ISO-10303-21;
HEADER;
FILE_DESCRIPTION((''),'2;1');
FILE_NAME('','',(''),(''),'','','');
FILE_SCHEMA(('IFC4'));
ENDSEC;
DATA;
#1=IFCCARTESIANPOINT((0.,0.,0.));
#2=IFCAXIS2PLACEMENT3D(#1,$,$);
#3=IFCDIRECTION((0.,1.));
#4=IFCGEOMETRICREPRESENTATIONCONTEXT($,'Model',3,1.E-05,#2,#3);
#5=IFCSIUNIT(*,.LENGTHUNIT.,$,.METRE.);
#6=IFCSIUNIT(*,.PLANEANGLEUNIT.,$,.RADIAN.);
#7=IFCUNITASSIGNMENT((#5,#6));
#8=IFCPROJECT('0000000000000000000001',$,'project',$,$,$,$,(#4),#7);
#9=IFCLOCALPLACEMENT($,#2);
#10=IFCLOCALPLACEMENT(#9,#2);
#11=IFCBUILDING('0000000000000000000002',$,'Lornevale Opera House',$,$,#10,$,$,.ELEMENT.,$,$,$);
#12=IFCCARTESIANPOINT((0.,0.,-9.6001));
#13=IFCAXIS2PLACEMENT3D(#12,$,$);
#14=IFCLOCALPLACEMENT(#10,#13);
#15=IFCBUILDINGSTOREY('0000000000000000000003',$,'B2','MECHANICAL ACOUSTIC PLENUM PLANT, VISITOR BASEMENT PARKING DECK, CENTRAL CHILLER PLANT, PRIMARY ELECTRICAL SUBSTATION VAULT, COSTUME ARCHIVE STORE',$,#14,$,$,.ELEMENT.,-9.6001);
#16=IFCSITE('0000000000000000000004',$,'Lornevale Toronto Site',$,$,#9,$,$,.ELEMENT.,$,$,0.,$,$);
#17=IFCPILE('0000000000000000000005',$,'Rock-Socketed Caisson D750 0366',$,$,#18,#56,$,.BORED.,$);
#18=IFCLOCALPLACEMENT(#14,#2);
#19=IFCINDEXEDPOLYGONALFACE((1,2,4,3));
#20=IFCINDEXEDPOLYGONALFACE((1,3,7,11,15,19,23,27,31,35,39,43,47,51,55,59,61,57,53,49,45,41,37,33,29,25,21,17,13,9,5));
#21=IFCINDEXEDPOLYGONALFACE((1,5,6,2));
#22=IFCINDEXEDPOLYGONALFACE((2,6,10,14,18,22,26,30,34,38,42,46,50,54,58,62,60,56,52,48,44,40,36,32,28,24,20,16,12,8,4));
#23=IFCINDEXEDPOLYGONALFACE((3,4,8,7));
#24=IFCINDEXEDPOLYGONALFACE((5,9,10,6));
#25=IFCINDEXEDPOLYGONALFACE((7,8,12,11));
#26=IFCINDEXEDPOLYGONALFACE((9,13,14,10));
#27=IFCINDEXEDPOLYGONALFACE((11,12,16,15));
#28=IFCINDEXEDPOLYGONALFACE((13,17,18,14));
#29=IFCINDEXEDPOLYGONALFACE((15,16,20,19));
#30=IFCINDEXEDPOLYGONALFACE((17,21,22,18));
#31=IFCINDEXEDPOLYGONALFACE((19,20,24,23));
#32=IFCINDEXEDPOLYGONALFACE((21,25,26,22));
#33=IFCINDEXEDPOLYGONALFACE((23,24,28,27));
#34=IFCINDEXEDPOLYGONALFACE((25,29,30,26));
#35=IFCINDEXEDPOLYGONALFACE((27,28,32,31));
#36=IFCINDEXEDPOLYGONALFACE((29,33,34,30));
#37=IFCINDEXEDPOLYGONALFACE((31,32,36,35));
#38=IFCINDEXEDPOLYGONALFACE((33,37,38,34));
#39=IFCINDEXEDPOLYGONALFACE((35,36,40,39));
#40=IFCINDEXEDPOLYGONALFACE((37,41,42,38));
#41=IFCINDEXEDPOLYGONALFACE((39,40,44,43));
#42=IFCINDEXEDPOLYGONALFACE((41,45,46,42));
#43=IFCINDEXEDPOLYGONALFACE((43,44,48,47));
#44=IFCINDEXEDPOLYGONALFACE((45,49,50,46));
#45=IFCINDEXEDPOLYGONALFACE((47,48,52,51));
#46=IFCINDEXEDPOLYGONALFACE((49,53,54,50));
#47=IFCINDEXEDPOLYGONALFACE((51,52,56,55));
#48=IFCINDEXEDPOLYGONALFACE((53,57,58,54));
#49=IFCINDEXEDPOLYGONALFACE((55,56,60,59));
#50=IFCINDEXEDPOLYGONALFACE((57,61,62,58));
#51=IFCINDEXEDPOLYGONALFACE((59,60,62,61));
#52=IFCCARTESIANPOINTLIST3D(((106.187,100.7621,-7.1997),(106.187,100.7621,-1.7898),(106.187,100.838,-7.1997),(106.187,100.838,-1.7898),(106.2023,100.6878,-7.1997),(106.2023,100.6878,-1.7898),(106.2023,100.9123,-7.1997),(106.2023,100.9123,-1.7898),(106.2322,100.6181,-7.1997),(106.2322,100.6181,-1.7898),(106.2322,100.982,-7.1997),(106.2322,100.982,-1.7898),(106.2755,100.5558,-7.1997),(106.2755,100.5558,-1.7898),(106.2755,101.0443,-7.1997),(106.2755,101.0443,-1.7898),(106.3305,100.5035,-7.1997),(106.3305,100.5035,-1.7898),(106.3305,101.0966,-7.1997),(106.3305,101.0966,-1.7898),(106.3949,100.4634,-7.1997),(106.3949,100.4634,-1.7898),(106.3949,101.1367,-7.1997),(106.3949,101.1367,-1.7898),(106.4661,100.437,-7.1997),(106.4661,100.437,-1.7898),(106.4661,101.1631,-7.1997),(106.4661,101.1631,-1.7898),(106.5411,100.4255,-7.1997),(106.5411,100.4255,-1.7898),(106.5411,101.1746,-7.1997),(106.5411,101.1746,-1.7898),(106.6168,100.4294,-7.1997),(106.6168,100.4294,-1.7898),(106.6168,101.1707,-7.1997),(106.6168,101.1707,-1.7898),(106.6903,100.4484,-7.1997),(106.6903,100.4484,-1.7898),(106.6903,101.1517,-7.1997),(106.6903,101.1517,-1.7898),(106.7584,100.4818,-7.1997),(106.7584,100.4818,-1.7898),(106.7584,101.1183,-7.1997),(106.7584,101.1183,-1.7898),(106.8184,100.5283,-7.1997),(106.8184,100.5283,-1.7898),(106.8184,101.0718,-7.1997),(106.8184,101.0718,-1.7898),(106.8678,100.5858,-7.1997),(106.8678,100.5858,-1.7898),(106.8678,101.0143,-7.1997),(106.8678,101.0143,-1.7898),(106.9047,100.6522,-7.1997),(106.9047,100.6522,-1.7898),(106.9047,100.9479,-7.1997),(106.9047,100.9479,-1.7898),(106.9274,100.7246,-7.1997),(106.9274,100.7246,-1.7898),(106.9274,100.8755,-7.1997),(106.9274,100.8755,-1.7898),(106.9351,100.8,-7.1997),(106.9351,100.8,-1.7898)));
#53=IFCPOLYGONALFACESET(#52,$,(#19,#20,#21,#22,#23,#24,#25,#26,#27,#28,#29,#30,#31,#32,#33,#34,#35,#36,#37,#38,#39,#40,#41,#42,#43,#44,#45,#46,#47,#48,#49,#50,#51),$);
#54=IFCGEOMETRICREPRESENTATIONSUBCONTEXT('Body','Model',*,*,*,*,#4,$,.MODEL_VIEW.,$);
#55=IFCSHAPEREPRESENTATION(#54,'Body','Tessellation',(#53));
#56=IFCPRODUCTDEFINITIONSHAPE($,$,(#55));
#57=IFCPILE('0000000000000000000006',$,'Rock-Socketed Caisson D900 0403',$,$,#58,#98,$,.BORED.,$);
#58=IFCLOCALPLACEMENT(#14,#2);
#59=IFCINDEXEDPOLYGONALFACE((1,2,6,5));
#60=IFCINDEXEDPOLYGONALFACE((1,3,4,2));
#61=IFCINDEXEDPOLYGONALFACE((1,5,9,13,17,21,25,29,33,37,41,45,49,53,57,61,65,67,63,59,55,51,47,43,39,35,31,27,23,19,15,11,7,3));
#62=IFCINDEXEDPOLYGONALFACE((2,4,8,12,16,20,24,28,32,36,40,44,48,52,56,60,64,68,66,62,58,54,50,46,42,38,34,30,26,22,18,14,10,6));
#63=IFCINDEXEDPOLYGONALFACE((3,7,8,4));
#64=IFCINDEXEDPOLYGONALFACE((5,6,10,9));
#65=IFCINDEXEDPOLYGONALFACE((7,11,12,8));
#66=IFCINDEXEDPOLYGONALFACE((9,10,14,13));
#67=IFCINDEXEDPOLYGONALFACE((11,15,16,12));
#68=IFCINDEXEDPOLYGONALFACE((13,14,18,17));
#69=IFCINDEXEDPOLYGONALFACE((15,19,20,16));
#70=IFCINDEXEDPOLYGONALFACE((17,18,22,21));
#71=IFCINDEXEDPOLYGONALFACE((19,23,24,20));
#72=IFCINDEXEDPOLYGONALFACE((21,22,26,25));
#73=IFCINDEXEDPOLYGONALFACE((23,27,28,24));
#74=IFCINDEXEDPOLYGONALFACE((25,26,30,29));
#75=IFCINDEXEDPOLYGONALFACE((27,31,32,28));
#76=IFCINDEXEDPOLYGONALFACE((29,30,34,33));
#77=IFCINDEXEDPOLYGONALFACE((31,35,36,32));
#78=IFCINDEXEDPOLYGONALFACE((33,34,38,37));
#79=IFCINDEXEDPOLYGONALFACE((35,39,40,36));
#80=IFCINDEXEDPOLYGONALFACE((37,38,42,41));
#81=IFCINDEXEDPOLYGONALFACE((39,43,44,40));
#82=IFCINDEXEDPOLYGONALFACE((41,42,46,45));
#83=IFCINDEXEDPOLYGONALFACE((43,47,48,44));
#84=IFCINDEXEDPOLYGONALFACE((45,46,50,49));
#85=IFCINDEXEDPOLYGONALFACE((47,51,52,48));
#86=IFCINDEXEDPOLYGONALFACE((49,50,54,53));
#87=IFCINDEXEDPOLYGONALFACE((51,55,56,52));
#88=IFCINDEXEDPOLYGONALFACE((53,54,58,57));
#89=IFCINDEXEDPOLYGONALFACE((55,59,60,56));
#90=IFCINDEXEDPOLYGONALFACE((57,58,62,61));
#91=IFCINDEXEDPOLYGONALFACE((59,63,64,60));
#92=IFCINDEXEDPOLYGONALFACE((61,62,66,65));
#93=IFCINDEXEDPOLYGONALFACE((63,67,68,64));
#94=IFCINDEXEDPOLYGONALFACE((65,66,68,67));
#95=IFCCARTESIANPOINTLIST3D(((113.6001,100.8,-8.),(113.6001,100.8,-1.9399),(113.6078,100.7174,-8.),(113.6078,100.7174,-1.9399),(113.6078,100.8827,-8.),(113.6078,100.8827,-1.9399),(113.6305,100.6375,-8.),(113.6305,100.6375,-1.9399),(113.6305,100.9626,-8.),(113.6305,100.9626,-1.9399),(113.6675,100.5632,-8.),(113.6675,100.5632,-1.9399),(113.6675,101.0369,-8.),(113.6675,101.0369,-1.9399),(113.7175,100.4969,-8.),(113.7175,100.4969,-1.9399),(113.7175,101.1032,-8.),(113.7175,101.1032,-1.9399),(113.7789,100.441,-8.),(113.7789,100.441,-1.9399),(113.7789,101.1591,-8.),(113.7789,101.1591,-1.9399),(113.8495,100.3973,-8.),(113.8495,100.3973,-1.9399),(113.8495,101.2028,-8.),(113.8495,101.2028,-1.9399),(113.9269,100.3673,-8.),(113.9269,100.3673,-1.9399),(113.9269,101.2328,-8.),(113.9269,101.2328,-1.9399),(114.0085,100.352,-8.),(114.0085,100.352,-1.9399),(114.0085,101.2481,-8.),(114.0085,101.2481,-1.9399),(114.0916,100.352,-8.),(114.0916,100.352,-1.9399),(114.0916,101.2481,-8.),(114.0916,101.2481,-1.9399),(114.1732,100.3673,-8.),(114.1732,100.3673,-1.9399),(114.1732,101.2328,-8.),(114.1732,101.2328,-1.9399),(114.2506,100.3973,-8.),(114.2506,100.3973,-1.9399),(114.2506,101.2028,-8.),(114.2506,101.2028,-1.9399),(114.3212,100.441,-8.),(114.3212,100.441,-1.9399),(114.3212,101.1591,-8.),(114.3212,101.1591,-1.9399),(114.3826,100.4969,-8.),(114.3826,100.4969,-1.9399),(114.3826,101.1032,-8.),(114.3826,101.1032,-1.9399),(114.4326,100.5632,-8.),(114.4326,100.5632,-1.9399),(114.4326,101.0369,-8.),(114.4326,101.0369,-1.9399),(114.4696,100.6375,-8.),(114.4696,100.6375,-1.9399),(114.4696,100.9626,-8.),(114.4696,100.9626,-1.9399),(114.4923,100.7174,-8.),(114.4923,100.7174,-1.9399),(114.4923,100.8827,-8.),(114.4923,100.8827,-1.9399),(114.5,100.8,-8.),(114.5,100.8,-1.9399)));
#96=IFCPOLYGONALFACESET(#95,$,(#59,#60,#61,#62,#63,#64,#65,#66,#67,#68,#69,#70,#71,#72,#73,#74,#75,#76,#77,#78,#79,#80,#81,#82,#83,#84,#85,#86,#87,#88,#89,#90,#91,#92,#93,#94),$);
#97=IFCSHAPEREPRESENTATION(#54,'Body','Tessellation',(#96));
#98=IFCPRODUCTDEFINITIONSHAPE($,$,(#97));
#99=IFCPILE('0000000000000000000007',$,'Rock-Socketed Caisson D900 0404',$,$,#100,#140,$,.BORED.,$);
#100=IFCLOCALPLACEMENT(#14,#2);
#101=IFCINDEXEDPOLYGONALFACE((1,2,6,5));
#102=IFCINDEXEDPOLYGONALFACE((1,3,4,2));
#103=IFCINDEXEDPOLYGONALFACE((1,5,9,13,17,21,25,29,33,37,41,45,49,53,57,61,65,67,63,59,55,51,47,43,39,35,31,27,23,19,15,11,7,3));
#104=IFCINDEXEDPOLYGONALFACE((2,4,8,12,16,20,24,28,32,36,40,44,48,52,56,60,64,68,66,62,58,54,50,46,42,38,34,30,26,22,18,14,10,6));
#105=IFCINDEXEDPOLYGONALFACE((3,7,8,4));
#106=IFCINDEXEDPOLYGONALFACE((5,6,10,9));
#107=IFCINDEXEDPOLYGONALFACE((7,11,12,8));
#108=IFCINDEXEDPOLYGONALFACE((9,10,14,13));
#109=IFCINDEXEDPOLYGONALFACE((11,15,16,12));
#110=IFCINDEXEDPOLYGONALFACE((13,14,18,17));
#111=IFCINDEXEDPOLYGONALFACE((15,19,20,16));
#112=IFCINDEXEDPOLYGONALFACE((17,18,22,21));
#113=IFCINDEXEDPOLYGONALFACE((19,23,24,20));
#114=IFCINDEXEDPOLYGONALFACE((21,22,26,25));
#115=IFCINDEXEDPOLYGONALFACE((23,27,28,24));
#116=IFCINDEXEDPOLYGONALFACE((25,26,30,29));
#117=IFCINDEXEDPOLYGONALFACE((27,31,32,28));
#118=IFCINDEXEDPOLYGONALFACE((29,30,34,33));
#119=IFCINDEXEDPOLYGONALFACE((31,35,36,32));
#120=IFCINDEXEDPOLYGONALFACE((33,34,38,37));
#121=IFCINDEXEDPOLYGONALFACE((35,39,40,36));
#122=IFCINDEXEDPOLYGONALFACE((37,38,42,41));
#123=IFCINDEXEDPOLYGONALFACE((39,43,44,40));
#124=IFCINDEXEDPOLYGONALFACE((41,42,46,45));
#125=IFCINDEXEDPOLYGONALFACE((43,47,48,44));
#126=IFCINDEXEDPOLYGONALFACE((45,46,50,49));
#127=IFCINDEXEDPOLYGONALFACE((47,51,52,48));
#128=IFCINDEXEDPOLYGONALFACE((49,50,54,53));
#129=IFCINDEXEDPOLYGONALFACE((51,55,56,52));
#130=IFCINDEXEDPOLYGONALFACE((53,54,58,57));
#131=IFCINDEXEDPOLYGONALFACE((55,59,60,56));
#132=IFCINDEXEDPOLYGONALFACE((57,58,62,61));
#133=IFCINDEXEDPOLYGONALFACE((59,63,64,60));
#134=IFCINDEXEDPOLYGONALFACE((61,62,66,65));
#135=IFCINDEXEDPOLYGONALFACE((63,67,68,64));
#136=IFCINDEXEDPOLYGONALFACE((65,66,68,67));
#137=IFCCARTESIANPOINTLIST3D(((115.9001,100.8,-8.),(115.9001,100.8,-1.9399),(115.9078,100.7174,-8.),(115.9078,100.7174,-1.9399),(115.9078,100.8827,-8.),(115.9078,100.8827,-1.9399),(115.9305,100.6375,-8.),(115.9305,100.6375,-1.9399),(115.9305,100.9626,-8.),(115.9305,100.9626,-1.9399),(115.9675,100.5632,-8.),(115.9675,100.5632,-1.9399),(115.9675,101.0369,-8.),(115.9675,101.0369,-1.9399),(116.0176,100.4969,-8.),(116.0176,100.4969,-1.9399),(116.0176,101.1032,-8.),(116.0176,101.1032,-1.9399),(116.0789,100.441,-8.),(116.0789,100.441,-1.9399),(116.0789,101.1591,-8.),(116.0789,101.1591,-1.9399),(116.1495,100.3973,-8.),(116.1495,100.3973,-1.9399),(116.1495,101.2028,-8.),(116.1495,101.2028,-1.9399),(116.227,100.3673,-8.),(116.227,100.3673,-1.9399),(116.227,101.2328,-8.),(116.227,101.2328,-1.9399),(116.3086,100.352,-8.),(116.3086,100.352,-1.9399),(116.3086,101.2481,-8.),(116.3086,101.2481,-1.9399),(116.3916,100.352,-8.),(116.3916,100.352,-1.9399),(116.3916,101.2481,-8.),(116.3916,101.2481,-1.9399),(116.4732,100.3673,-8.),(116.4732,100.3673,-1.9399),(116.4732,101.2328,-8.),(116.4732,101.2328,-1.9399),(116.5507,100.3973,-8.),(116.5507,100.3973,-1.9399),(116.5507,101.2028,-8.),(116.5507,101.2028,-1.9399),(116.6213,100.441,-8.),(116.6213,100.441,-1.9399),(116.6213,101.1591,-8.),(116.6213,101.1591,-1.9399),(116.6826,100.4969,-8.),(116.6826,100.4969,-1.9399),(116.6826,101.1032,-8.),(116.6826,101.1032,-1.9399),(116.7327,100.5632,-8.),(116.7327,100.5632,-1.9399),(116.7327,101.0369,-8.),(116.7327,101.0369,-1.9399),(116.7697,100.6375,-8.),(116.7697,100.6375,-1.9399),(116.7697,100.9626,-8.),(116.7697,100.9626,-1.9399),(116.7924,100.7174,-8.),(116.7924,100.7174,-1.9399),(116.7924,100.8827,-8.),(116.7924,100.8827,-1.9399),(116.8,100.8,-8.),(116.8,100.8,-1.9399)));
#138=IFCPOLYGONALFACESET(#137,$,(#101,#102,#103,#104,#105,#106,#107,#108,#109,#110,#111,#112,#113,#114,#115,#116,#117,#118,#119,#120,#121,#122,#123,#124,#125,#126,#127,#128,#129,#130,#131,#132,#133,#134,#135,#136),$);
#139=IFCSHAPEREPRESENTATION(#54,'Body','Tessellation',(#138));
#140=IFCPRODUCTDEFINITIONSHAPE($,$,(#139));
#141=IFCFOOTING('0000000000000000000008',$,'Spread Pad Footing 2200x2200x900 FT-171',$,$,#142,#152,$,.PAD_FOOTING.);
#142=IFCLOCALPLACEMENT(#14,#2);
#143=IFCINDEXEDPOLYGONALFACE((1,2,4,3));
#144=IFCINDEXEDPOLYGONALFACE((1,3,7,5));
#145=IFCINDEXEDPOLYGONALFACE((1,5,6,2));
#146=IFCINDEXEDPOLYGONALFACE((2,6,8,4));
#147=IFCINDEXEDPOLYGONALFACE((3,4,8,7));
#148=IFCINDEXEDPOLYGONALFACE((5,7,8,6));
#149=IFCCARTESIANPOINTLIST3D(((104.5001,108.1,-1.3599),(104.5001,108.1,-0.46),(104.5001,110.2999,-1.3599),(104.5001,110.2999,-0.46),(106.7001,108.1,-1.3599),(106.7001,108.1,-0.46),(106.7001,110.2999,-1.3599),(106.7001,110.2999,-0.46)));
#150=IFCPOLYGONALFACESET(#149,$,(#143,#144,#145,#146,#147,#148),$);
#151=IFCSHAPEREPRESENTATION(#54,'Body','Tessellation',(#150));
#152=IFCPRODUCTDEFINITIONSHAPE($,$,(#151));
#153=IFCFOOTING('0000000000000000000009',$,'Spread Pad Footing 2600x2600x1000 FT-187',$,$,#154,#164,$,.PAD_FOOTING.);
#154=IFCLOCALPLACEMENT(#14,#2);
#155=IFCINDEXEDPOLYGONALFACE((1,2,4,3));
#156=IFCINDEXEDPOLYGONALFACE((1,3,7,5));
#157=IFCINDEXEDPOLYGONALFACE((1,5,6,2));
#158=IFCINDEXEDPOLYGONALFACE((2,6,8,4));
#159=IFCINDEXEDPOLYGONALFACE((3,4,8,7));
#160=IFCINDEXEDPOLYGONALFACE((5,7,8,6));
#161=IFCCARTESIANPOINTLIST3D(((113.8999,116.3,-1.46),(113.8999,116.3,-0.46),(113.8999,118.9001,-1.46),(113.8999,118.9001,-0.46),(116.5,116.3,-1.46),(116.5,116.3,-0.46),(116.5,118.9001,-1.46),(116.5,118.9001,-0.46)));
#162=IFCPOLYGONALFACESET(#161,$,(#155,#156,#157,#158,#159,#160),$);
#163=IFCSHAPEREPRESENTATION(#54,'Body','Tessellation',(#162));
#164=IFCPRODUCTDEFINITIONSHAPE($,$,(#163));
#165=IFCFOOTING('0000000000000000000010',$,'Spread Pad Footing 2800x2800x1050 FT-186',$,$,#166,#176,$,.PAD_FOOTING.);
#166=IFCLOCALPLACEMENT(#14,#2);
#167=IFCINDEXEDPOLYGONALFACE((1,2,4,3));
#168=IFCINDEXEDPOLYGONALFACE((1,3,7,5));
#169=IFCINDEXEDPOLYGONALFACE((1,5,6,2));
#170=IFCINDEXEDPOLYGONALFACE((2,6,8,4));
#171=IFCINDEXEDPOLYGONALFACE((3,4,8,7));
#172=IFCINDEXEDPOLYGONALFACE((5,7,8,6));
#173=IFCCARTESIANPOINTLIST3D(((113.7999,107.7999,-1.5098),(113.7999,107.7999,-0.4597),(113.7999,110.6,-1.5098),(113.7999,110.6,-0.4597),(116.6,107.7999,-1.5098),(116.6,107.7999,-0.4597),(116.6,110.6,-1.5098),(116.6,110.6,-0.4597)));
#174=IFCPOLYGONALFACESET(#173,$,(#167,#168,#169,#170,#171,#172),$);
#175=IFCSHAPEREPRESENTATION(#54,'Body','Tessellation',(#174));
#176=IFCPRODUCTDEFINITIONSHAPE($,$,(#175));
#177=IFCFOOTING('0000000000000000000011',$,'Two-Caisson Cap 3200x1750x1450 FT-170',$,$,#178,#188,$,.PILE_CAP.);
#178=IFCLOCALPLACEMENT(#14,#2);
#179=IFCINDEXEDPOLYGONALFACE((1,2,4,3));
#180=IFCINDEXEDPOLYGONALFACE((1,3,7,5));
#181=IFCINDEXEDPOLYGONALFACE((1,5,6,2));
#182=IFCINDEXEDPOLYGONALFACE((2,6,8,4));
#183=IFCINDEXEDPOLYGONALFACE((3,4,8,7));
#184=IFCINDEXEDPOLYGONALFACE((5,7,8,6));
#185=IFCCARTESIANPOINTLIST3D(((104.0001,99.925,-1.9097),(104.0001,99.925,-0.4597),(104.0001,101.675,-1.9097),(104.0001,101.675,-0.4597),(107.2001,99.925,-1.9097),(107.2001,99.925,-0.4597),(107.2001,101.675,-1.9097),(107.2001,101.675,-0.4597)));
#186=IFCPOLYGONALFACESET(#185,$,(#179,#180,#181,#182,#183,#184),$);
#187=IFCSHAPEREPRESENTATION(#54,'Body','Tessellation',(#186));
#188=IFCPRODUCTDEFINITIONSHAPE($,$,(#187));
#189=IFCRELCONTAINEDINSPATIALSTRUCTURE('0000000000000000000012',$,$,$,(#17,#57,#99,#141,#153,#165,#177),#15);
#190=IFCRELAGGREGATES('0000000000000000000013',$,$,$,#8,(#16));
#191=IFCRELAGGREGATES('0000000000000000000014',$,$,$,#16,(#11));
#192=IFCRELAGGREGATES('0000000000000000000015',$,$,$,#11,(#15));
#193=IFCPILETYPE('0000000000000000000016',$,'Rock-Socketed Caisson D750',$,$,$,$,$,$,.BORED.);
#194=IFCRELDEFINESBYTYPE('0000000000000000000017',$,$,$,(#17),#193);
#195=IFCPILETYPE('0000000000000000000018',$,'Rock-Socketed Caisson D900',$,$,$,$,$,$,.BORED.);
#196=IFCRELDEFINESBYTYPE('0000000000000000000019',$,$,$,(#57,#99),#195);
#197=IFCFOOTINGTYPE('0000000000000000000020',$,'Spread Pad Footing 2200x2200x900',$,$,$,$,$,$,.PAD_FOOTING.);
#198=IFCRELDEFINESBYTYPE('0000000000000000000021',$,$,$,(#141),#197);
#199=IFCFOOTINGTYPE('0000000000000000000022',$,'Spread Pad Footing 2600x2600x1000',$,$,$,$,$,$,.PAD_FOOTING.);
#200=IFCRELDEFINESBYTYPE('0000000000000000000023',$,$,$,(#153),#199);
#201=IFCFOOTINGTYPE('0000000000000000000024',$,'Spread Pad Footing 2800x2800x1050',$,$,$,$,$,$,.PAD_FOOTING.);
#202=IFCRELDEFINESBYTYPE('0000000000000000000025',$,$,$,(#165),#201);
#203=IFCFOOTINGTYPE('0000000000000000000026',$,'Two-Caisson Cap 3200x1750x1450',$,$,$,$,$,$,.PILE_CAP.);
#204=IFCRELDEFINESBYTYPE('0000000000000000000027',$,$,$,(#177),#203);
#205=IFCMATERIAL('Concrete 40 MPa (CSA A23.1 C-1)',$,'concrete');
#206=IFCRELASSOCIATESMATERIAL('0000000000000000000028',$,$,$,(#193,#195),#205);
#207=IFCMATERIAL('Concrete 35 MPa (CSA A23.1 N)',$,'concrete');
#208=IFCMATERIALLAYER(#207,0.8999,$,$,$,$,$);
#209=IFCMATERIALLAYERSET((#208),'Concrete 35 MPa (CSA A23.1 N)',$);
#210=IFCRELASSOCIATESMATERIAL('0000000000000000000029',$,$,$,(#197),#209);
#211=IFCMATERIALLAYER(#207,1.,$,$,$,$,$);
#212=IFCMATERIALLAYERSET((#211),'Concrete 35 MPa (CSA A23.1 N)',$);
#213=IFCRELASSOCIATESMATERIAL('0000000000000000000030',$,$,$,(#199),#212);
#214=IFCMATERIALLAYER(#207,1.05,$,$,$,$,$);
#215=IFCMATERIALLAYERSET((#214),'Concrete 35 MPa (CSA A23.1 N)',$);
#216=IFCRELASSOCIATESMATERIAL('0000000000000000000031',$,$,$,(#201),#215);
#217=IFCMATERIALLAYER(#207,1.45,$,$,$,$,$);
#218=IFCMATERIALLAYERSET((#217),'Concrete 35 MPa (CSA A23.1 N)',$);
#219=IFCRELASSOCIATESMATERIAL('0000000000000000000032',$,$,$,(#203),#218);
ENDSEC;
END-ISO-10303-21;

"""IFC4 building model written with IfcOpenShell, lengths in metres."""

from ifc_helpers import new_model, si_unit, direction, frame, origin, origin_2d, place, context, subcontext, project, spatial, rectangle, circle, extrude, material, layer, layer_set, material_profile, profile_set, type_object, element, save


model = new_model("IFC4")

# Units and contexts
model_context = context("Model", 3, precision=1e-05, world=origin(), true_north=direction((0.0, 1.0)))
body_context = subcontext(model_context, "Body", "Model", "MODEL_VIEW")
ifc_project = project(units=[si_unit("LENGTHUNIT", "METRE"), si_unit("PLANEANGLEUNIT", "RADIAN")], contexts=[model_context])

# Site, building, storey
site_placement = place(None, origin())
site = spatial("IfcSite", under=ifc_project, at=site_placement, Name="Lornevale Toronto Site", CompositionType="ELEMENT", RefElevation=0.0)
building_placement = place(site_placement, origin())
building = spatial("IfcBuilding", under=site, at=building_placement, Name="Lornevale Opera House", CompositionType="ELEMENT")
storey_placement = place(building_placement, frame((0.0, 0.0, -9.6001)))
storey = spatial("IfcBuildingStorey", under=building, at=storey_placement, Name="B2", Description="MECHANICAL ACOUSTIC PLENUM PLANT, VISITOR BASEMENT PARKING DECK, CENTRAL CHILLER PLANT, PRIMARY ELECTRICAL SUBSTATION VAULT, COSTUME ARCHIVE STORE", CompositionType="ELEMENT", Elevation=-9.6001)

# Shared definitions
ifc_material_1 = material(Name="Concrete 35 MPa (CSA A23.1 N)", Category="concrete")

# Shared definitions
ifc_material_2 = material(Name="Concrete 40 MPa (CSA A23.1 C-1)", Category="concrete")

# Piles
ifc_material_profile_1 = material_profile(ifc_material_2, circle(Radius=0.375, at=origin_2d()), Name="CAIS750")
ifc_profile_set_1 = profile_set([ifc_material_profile_1], Name="Concrete 40 MPa (CSA A23.1 C-1)")
pile_type_1 = type_object("IfcPileType", Name="Rock-Socketed Caisson D750", PredefinedType="BORED", material=ifc_profile_set_1)
for number, where, z_axis, x_axis, name in (
    (1, (106.5601, 100.8, -1.7898), (0.0, 0.0, -1.0), (1.0, 0.0, 0.0), "Rock-Socketed Caisson D750 0366"),
):
    element("IfcPile", number, at=place(storey_placement, frame(where, z_axis=z_axis, x_axis=x_axis)), inside=storey, type_object=pile_type_1, Name=name, PredefinedType="BORED", context=body_context, shape_type="SweptSolid", body=[
        extrude(circle(Radius=0.375, at=origin_2d()), origin(), (0.0, 0.0, 1.0), 5.4099),
    ])
ifc_material_profile_2 = material_profile(ifc_material_2, circle(Radius=0.45, at=origin_2d()), Name="CAIS900")
ifc_profile_set_2 = profile_set([ifc_material_profile_2], Name="Concrete 40 MPa (CSA A23.1 C-1)")
pile_type_2 = type_object("IfcPileType", Name="Rock-Socketed Caisson D900", PredefinedType="BORED", material=ifc_profile_set_2)
for number, where, z_axis, x_axis, name in (
    (2, (114.05, 100.8, -1.9399), (0.0, 0.0, -1.0), (1.0, 0.0, 0.0), "Rock-Socketed Caisson D900 0403"),
    (3, (116.3501, 100.8, -1.9399), (0.0, 0.0, -1.0), (1.0, 0.0, 0.0), "Rock-Socketed Caisson D900 0404"),
):
    element("IfcPile", number, at=place(storey_placement, frame(where, z_axis=z_axis, x_axis=x_axis)), inside=storey, type_object=pile_type_2, Name=name, PredefinedType="BORED", context=body_context, shape_type="SweptSolid", body=[
        extrude(circle(Radius=0.45, at=origin_2d()), origin(), (0.0, 0.0, 1.0), 6.0601),
    ])

# Footings
ifc_layer_1 = layer(ifc_material_1, 0.8999)
ifc_layer_set_1 = layer_set([ifc_layer_1], Name="Concrete 35 MPa (CSA A23.1 N)")
footing_type_1 = type_object("IfcFootingType", Name="Spread Pad Footing 2200x2200x900", PredefinedType="PAD_FOOTING", material=ifc_layer_set_1)
footing_1_placement = place(storey_placement, frame((105.6001, 109.2, -1.3599), z_axis=(0.0, 0.0, 1.0), x_axis=(1.0, 0.0, 0.0)))
element("IfcFooting", 4, at=footing_1_placement, inside=storey, type_object=footing_type_1, Name="Spread Pad Footing 2200x2200x900 FT-171", PredefinedType="PAD_FOOTING", context=body_context, shape_type="SweptSolid", body=[
    extrude(rectangle(XDim=2.2, YDim=2.2, at=origin_2d()), origin(), (0.0, 0.0, 1.0), 0.8999),
])
ifc_layer_2 = layer(ifc_material_1, 1.0)
ifc_layer_set_2 = layer_set([ifc_layer_2], Name="Concrete 35 MPa (CSA A23.1 N)")
footing_type_2 = type_object("IfcFootingType", Name="Spread Pad Footing 2600x2600x1000", PredefinedType="PAD_FOOTING", material=ifc_layer_set_2)
footing_2_placement = place(storey_placement, frame((115.2, 117.6001, -1.46), z_axis=(0.0, 0.0, 1.0), x_axis=(1.0, 0.0, 0.0)))
element("IfcFooting", 5, at=footing_2_placement, inside=storey, type_object=footing_type_2, Name="Spread Pad Footing 2600x2600x1000 FT-187", PredefinedType="PAD_FOOTING", context=body_context, shape_type="SweptSolid", body=[
    extrude(rectangle(XDim=2.6001, YDim=2.6001, at=origin_2d()), origin(), (0.0, 0.0, 1.0), 1.0),
])
ifc_layer_3 = layer(ifc_material_1, 1.05)
ifc_layer_set_3 = layer_set([ifc_layer_3], Name="Concrete 35 MPa (CSA A23.1 N)")
footing_type_3 = type_object("IfcFootingType", Name="Spread Pad Footing 2800x2800x1050", PredefinedType="PAD_FOOTING", material=ifc_layer_set_3)
footing_3_placement = place(storey_placement, frame((115.2, 109.2, -1.5098), z_axis=(0.0, 0.0, 1.0), x_axis=(1.0, 0.0, 0.0)))
element("IfcFooting", 6, at=footing_3_placement, inside=storey, type_object=footing_type_3, Name="Spread Pad Footing 2800x2800x1050 FT-186", PredefinedType="PAD_FOOTING", context=body_context, shape_type="SweptSolid", body=[
    extrude(rectangle(XDim=2.8, YDim=2.8, at=origin_2d()), origin(), (0.0, 0.0, 1.0), 1.05),
])
ifc_layer_4 = layer(ifc_material_1, 1.45)
ifc_layer_set_4 = layer_set([ifc_layer_4], Name="Concrete 35 MPa (CSA A23.1 N)")
footing_type_4 = type_object("IfcFootingType", Name="Two-Caisson Cap 3200x1750x1450", PredefinedType="PILE_CAP", material=ifc_layer_set_4)
footing_4_placement = place(storey_placement, frame((105.6001, 100.8, -1.9097), z_axis=(0.0, 0.0, 1.0), x_axis=(1.0, 0.0, 0.0)))
element("IfcFooting", 7, at=footing_4_placement, inside=storey, type_object=footing_type_4, Name="Two-Caisson Cap 3200x1750x1450 FT-170", PredefinedType="PILE_CAP", context=body_context, shape_type="SweptSolid", body=[
    extrude(rectangle(XDim=3.2, YDim=1.75, at=origin_2d()), origin(), (0.0, 0.0, 1.0), 1.45),
])

save(model, "model.ifc")
